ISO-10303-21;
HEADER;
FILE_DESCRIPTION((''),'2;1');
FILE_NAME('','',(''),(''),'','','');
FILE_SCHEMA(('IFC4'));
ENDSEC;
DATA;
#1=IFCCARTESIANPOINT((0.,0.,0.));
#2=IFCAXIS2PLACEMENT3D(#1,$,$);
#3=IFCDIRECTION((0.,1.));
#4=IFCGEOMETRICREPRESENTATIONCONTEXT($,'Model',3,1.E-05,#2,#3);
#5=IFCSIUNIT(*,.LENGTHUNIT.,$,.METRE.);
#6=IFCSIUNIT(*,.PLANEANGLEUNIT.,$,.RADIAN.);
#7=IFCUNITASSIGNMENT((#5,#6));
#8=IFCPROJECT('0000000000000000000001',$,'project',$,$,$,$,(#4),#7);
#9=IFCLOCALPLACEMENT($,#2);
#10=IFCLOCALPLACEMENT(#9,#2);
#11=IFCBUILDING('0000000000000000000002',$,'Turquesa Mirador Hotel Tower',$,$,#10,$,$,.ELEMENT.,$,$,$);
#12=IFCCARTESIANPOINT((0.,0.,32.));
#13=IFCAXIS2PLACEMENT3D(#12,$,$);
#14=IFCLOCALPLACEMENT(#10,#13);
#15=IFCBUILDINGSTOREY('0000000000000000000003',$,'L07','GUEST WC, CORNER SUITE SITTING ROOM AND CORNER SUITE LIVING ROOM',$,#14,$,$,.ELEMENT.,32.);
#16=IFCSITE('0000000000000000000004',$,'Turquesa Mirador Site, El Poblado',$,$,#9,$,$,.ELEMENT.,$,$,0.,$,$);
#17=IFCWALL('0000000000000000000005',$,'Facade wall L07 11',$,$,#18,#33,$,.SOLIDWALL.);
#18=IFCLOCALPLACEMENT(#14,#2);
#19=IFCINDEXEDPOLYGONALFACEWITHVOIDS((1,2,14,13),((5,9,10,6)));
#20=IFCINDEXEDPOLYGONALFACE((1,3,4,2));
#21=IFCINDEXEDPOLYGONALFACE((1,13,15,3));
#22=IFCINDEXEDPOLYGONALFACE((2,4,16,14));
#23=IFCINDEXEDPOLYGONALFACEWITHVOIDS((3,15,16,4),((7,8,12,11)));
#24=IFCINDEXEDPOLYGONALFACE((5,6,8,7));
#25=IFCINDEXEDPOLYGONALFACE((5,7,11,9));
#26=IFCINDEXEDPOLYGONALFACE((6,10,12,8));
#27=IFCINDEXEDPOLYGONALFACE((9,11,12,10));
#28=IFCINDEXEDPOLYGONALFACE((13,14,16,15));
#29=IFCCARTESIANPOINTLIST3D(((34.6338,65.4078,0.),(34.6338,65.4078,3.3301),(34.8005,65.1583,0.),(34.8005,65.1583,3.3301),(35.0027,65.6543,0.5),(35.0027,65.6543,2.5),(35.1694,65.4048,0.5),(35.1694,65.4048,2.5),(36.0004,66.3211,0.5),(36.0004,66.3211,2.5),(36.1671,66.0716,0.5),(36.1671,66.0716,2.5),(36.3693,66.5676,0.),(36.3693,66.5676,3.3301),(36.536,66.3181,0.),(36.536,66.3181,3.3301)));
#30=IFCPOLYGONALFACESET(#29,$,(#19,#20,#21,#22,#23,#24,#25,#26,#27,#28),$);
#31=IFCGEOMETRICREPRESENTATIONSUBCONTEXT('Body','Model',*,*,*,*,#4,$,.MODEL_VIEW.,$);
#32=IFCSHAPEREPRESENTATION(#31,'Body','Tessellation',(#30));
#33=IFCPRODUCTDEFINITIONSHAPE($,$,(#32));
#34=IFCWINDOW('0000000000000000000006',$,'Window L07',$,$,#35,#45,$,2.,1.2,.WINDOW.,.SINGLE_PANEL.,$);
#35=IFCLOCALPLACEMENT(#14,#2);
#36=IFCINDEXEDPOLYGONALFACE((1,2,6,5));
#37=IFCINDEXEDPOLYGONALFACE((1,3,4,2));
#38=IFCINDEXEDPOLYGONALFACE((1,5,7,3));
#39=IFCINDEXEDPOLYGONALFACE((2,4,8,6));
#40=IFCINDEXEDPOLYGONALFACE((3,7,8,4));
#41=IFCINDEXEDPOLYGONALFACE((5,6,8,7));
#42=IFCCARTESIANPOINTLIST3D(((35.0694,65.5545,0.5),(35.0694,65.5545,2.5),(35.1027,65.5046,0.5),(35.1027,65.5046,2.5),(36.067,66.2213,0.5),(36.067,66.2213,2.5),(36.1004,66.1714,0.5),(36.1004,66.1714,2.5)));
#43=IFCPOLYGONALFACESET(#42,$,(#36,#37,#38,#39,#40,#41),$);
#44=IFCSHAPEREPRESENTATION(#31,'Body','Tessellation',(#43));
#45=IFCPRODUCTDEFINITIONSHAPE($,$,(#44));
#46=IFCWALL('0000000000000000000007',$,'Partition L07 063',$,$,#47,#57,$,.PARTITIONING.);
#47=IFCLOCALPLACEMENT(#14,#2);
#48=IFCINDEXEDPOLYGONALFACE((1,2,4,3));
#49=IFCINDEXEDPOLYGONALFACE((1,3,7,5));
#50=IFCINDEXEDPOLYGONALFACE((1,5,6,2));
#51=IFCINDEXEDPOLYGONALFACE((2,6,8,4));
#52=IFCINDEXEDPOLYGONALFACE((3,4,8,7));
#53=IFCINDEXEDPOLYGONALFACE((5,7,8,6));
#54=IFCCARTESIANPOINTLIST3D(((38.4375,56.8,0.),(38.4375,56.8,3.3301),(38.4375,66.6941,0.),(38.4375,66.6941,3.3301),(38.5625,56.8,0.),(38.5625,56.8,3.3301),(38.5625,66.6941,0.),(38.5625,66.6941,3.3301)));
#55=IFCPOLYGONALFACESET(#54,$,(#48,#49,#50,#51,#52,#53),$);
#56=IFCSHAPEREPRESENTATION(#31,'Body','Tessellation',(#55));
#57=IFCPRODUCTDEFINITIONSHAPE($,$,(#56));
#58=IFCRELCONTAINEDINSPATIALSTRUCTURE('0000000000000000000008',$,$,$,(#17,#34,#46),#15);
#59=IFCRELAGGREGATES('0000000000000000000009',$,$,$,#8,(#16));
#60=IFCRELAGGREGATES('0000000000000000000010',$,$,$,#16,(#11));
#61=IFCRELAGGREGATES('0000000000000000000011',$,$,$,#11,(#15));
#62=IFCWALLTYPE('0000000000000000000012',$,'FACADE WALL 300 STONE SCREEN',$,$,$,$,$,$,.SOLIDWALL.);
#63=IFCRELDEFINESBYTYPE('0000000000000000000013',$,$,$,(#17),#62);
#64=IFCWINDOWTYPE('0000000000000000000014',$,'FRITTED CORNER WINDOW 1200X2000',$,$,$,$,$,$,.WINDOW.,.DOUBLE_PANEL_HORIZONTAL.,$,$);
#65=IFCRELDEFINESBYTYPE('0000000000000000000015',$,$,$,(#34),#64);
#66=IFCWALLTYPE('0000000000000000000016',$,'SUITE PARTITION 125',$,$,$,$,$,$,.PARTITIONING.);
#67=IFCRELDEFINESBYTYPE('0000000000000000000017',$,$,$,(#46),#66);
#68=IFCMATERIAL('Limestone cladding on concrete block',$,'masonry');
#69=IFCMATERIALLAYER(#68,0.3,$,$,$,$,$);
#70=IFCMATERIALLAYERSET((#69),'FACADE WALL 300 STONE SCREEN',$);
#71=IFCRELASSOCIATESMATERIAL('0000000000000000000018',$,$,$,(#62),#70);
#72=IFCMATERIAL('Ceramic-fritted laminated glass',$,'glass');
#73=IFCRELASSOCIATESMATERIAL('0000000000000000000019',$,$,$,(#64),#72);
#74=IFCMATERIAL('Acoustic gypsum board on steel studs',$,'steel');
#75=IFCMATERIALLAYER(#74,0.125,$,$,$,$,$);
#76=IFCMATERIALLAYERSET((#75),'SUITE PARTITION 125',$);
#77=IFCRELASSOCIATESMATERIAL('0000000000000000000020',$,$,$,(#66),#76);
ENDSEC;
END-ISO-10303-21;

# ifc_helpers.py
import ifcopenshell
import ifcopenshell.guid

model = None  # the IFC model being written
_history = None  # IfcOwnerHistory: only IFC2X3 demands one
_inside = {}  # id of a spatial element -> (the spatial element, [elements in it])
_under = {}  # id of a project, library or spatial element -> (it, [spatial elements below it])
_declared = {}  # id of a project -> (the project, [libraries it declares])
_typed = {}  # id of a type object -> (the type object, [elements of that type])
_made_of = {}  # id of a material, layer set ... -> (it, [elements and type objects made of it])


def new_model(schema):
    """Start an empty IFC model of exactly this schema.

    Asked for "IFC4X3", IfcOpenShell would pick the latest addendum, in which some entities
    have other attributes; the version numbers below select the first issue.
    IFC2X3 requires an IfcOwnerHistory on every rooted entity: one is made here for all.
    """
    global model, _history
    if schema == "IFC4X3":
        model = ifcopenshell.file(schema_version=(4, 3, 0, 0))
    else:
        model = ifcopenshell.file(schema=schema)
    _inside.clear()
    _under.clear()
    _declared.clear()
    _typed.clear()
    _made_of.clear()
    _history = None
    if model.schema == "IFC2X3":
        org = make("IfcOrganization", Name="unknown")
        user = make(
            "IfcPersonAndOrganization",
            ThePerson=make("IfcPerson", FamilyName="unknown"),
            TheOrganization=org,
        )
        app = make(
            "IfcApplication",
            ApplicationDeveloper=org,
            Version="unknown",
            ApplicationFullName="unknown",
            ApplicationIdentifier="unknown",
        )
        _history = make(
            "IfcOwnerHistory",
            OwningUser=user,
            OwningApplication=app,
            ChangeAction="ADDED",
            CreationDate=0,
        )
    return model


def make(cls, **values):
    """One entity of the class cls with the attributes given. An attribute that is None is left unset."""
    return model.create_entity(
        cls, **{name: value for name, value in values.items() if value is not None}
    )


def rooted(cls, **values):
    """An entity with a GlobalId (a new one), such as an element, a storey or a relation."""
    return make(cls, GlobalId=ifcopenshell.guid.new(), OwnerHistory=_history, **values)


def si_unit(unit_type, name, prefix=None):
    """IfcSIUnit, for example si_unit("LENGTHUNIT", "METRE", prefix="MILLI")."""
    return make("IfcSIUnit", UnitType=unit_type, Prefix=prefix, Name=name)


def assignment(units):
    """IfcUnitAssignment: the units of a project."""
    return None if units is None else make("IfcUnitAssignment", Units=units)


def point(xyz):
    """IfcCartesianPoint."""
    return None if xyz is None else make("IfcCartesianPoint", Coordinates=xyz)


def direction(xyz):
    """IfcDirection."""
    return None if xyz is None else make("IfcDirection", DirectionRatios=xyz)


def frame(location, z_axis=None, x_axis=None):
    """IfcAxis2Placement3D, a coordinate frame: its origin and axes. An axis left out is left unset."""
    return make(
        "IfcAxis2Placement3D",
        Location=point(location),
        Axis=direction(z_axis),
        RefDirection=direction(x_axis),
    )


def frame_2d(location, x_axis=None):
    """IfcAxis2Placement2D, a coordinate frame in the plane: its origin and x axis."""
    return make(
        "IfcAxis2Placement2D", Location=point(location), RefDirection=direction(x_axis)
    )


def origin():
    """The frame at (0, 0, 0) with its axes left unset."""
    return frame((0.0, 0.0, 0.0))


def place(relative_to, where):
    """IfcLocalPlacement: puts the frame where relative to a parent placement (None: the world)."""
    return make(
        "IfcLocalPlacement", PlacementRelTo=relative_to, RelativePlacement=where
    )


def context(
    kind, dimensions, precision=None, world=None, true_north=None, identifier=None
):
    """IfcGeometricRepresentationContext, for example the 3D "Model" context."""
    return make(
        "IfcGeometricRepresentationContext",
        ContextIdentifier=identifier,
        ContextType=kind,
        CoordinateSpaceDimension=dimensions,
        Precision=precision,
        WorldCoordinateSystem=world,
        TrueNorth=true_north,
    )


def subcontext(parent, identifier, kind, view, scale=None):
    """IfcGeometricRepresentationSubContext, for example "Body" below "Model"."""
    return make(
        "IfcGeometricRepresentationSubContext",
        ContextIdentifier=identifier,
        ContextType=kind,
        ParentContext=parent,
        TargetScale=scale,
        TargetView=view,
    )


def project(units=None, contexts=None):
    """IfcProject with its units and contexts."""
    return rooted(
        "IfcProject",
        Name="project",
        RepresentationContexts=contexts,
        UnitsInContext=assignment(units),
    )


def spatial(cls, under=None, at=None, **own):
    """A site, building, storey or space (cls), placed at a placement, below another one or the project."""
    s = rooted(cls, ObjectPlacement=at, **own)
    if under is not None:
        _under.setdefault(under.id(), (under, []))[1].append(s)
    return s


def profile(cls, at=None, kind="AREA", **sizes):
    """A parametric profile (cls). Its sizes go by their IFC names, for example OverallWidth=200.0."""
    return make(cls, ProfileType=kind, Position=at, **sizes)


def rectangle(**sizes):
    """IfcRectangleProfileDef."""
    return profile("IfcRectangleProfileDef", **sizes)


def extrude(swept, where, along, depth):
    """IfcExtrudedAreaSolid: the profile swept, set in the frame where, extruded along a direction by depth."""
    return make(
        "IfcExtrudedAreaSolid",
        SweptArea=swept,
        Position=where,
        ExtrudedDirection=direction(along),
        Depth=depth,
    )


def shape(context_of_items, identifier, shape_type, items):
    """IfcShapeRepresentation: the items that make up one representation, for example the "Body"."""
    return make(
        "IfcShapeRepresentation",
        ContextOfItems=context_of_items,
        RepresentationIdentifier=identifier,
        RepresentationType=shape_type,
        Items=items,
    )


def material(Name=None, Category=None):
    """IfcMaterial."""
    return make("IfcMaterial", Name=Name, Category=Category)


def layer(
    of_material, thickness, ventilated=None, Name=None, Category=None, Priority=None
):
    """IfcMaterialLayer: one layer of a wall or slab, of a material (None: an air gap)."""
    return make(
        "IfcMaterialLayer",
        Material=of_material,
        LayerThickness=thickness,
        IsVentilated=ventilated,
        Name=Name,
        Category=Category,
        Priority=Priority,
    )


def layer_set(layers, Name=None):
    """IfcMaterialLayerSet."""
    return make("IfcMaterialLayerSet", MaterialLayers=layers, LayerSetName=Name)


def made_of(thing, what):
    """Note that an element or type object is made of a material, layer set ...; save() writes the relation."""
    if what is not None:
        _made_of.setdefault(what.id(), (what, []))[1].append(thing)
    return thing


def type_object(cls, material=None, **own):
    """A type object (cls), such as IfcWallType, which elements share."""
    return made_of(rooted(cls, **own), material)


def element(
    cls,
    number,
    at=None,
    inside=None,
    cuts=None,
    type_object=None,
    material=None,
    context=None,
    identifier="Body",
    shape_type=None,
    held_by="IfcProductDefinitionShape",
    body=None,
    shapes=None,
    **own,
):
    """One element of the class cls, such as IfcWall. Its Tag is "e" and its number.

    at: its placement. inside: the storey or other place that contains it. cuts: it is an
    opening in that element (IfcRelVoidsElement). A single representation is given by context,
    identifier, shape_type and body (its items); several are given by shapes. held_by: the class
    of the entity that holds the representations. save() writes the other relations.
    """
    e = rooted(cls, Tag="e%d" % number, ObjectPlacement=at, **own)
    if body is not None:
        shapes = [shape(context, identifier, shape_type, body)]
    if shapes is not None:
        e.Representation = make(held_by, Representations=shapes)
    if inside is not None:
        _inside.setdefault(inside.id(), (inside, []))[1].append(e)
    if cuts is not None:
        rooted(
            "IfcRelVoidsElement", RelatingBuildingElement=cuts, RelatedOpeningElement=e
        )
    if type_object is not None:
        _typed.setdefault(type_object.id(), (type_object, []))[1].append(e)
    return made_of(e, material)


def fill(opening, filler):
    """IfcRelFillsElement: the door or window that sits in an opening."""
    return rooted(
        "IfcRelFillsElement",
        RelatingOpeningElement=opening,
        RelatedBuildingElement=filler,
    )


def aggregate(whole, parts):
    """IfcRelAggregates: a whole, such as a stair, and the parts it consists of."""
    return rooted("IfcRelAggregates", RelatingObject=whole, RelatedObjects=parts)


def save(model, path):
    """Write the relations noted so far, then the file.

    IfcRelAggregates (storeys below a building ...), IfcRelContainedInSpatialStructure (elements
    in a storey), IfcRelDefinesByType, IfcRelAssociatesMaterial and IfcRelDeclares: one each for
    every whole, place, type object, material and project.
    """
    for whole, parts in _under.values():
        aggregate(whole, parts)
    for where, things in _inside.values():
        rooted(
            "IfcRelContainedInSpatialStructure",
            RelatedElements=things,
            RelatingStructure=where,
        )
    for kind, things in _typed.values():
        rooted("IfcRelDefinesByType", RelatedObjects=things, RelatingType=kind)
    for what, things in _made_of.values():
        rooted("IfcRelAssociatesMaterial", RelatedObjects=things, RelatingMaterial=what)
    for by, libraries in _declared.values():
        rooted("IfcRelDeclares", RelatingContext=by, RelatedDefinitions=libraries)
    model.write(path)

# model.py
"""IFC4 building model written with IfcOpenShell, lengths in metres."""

from ifc_helpers import new_model, si_unit, direction, frame, frame_2d, origin, place, context, subcontext, project, spatial, rectangle, extrude, material, layer, layer_set, type_object, element, fill, save


model = new_model("IFC4")

# Units and contexts
model_context = context("Model", 3, precision=1e-05, world=origin(), true_north=direction((0.0, 1.0)))
body_context = subcontext(model_context, "Body", "Model", "MODEL_VIEW")
ifc_project = project(units=[si_unit("LENGTHUNIT", "METRE"), si_unit("PLANEANGLEUNIT", "RADIAN")], contexts=[model_context])

# Site, building, storey
site_placement = place(None, origin())
site = spatial("IfcSite", under=ifc_project, at=site_placement, Name="Turquesa Mirador Site, El Poblado", CompositionType="ELEMENT", RefElevation=0.0)
building_placement = place(site_placement, origin())
building = spatial("IfcBuilding", under=site, at=building_placement, Name="Turquesa Mirador Hotel Tower", CompositionType="ELEMENT")
storey_placement = place(building_placement, frame((0.0, 0.0, 32.0)))
storey = spatial("IfcBuildingStorey", under=building, at=storey_placement, Name="L07", Description="GUEST WC, CORNER SUITE SITTING ROOM AND CORNER SUITE LIVING ROOM", CompositionType="ELEMENT", Elevation=32.0)

# Wall, opening, window
ifc_material_1 = material(Name="Limestone cladding on concrete block", Category="masonry")
ifc_layer_1 = layer(ifc_material_1, 0.3)
ifc_layer_set_1 = layer_set([ifc_layer_1], Name="FACADE WALL 300 STONE SCREEN")
wall_type_1 = type_object("IfcWallType", Name="FACADE WALL 300 STONE SCREEN", PredefinedType="SOLIDWALL", material=ifc_layer_set_1)
wall_1_placement = place(storey_placement, frame((36.4526, 66.4429, 0.0), z_axis=(0.0, 0.0, 1.0), x_axis=(-0.83142, -0.555644, 0.0)))
wall_1 = element("IfcWall", 1, at=wall_1_placement, inside=storey, type_object=wall_type_1, Name="Facade wall L07 11", PredefinedType="SOLIDWALL", context=body_context, shape_type="SweptSolid", body=[
    extrude(rectangle(XDim=2.0874, YDim=0.3, at=frame_2d((1.0437, 0.0))), origin(), (0.0, 0.0, 1.0), 3.3301),
])
opening_1_placement = place(wall_1_placement, frame((0.4436, 0.0, 0.5)))
opening_1 = element("IfcOpeningElement", 2, at=opening_1_placement, cuts=wall_1, PredefinedType="OPENING", context=body_context, shape_type="SweptSolid", body=[
    extrude(rectangle(XDim=1.2, YDim=2.0, at=frame_2d((0.6001, 1.0))), frame((0.0, 0.1599, 0.0), z_axis=(0.0, -1.0, 0.0), x_axis=(1.0, 0.0, 0.0)), (0.0, 0.0, 1.0), 0.3201),
])
ifc_material_2 = material(Name="Ceramic-fritted laminated glass", Category="glass")
window_type_1 = type_object("IfcWindowType", Name="FRITTED CORNER WINDOW 1200X2000", PartitioningType="DOUBLE_PANEL_HORIZONTAL", PredefinedType="WINDOW", material=ifc_material_2)
window_1_placement = place(opening_1_placement, origin())
window_1 = element("IfcWindow", 3, at=window_1_placement, inside=storey, type_object=window_type_1, Name="Window L07", OverallHeight=2.0, OverallWidth=1.2, PartitioningType="SINGLE_PANEL", PredefinedType="WINDOW", context=body_context, shape_type="SweptSolid", body=[
    extrude(rectangle(XDim=1.2, YDim=2.0, at=frame_2d((0.6001, 1.0))), frame((0.0, 0.03, 0.0), z_axis=(0.0, -1.0, 0.0), x_axis=(1.0, 0.0, 0.0)), (0.0, 0.0, 1.0), 0.0601),
])
fill(opening_1, window_1)

# Wall
ifc_material_3 = material(Name="Acoustic gypsum board on steel studs", Category="steel")
ifc_layer_2 = layer(ifc_material_3, 0.125)
ifc_layer_set_2 = layer_set([ifc_layer_2], Name="SUITE PARTITION 125")
wall_type_2 = type_object("IfcWallType", Name="SUITE PARTITION 125", PredefinedType="PARTITIONING", material=ifc_layer_set_2)
wall_2_placement = place(storey_placement, frame((38.5, 56.8, 0.0), z_axis=(0.0, 0.0, 1.0), x_axis=(0.0, 1.0, 0.0)))
element("IfcWall", 4, at=wall_2_placement, inside=storey, type_object=wall_type_2, Name="Partition L07 063", PredefinedType="PARTITIONING", context=body_context, shape_type="SweptSolid", body=[
    extrude(rectangle(XDim=9.894, YDim=0.125, at=frame_2d((4.947, 0.0))), origin(), (0.0, 0.0, 1.0), 3.3301),
])

save(model, "model.ifc")
